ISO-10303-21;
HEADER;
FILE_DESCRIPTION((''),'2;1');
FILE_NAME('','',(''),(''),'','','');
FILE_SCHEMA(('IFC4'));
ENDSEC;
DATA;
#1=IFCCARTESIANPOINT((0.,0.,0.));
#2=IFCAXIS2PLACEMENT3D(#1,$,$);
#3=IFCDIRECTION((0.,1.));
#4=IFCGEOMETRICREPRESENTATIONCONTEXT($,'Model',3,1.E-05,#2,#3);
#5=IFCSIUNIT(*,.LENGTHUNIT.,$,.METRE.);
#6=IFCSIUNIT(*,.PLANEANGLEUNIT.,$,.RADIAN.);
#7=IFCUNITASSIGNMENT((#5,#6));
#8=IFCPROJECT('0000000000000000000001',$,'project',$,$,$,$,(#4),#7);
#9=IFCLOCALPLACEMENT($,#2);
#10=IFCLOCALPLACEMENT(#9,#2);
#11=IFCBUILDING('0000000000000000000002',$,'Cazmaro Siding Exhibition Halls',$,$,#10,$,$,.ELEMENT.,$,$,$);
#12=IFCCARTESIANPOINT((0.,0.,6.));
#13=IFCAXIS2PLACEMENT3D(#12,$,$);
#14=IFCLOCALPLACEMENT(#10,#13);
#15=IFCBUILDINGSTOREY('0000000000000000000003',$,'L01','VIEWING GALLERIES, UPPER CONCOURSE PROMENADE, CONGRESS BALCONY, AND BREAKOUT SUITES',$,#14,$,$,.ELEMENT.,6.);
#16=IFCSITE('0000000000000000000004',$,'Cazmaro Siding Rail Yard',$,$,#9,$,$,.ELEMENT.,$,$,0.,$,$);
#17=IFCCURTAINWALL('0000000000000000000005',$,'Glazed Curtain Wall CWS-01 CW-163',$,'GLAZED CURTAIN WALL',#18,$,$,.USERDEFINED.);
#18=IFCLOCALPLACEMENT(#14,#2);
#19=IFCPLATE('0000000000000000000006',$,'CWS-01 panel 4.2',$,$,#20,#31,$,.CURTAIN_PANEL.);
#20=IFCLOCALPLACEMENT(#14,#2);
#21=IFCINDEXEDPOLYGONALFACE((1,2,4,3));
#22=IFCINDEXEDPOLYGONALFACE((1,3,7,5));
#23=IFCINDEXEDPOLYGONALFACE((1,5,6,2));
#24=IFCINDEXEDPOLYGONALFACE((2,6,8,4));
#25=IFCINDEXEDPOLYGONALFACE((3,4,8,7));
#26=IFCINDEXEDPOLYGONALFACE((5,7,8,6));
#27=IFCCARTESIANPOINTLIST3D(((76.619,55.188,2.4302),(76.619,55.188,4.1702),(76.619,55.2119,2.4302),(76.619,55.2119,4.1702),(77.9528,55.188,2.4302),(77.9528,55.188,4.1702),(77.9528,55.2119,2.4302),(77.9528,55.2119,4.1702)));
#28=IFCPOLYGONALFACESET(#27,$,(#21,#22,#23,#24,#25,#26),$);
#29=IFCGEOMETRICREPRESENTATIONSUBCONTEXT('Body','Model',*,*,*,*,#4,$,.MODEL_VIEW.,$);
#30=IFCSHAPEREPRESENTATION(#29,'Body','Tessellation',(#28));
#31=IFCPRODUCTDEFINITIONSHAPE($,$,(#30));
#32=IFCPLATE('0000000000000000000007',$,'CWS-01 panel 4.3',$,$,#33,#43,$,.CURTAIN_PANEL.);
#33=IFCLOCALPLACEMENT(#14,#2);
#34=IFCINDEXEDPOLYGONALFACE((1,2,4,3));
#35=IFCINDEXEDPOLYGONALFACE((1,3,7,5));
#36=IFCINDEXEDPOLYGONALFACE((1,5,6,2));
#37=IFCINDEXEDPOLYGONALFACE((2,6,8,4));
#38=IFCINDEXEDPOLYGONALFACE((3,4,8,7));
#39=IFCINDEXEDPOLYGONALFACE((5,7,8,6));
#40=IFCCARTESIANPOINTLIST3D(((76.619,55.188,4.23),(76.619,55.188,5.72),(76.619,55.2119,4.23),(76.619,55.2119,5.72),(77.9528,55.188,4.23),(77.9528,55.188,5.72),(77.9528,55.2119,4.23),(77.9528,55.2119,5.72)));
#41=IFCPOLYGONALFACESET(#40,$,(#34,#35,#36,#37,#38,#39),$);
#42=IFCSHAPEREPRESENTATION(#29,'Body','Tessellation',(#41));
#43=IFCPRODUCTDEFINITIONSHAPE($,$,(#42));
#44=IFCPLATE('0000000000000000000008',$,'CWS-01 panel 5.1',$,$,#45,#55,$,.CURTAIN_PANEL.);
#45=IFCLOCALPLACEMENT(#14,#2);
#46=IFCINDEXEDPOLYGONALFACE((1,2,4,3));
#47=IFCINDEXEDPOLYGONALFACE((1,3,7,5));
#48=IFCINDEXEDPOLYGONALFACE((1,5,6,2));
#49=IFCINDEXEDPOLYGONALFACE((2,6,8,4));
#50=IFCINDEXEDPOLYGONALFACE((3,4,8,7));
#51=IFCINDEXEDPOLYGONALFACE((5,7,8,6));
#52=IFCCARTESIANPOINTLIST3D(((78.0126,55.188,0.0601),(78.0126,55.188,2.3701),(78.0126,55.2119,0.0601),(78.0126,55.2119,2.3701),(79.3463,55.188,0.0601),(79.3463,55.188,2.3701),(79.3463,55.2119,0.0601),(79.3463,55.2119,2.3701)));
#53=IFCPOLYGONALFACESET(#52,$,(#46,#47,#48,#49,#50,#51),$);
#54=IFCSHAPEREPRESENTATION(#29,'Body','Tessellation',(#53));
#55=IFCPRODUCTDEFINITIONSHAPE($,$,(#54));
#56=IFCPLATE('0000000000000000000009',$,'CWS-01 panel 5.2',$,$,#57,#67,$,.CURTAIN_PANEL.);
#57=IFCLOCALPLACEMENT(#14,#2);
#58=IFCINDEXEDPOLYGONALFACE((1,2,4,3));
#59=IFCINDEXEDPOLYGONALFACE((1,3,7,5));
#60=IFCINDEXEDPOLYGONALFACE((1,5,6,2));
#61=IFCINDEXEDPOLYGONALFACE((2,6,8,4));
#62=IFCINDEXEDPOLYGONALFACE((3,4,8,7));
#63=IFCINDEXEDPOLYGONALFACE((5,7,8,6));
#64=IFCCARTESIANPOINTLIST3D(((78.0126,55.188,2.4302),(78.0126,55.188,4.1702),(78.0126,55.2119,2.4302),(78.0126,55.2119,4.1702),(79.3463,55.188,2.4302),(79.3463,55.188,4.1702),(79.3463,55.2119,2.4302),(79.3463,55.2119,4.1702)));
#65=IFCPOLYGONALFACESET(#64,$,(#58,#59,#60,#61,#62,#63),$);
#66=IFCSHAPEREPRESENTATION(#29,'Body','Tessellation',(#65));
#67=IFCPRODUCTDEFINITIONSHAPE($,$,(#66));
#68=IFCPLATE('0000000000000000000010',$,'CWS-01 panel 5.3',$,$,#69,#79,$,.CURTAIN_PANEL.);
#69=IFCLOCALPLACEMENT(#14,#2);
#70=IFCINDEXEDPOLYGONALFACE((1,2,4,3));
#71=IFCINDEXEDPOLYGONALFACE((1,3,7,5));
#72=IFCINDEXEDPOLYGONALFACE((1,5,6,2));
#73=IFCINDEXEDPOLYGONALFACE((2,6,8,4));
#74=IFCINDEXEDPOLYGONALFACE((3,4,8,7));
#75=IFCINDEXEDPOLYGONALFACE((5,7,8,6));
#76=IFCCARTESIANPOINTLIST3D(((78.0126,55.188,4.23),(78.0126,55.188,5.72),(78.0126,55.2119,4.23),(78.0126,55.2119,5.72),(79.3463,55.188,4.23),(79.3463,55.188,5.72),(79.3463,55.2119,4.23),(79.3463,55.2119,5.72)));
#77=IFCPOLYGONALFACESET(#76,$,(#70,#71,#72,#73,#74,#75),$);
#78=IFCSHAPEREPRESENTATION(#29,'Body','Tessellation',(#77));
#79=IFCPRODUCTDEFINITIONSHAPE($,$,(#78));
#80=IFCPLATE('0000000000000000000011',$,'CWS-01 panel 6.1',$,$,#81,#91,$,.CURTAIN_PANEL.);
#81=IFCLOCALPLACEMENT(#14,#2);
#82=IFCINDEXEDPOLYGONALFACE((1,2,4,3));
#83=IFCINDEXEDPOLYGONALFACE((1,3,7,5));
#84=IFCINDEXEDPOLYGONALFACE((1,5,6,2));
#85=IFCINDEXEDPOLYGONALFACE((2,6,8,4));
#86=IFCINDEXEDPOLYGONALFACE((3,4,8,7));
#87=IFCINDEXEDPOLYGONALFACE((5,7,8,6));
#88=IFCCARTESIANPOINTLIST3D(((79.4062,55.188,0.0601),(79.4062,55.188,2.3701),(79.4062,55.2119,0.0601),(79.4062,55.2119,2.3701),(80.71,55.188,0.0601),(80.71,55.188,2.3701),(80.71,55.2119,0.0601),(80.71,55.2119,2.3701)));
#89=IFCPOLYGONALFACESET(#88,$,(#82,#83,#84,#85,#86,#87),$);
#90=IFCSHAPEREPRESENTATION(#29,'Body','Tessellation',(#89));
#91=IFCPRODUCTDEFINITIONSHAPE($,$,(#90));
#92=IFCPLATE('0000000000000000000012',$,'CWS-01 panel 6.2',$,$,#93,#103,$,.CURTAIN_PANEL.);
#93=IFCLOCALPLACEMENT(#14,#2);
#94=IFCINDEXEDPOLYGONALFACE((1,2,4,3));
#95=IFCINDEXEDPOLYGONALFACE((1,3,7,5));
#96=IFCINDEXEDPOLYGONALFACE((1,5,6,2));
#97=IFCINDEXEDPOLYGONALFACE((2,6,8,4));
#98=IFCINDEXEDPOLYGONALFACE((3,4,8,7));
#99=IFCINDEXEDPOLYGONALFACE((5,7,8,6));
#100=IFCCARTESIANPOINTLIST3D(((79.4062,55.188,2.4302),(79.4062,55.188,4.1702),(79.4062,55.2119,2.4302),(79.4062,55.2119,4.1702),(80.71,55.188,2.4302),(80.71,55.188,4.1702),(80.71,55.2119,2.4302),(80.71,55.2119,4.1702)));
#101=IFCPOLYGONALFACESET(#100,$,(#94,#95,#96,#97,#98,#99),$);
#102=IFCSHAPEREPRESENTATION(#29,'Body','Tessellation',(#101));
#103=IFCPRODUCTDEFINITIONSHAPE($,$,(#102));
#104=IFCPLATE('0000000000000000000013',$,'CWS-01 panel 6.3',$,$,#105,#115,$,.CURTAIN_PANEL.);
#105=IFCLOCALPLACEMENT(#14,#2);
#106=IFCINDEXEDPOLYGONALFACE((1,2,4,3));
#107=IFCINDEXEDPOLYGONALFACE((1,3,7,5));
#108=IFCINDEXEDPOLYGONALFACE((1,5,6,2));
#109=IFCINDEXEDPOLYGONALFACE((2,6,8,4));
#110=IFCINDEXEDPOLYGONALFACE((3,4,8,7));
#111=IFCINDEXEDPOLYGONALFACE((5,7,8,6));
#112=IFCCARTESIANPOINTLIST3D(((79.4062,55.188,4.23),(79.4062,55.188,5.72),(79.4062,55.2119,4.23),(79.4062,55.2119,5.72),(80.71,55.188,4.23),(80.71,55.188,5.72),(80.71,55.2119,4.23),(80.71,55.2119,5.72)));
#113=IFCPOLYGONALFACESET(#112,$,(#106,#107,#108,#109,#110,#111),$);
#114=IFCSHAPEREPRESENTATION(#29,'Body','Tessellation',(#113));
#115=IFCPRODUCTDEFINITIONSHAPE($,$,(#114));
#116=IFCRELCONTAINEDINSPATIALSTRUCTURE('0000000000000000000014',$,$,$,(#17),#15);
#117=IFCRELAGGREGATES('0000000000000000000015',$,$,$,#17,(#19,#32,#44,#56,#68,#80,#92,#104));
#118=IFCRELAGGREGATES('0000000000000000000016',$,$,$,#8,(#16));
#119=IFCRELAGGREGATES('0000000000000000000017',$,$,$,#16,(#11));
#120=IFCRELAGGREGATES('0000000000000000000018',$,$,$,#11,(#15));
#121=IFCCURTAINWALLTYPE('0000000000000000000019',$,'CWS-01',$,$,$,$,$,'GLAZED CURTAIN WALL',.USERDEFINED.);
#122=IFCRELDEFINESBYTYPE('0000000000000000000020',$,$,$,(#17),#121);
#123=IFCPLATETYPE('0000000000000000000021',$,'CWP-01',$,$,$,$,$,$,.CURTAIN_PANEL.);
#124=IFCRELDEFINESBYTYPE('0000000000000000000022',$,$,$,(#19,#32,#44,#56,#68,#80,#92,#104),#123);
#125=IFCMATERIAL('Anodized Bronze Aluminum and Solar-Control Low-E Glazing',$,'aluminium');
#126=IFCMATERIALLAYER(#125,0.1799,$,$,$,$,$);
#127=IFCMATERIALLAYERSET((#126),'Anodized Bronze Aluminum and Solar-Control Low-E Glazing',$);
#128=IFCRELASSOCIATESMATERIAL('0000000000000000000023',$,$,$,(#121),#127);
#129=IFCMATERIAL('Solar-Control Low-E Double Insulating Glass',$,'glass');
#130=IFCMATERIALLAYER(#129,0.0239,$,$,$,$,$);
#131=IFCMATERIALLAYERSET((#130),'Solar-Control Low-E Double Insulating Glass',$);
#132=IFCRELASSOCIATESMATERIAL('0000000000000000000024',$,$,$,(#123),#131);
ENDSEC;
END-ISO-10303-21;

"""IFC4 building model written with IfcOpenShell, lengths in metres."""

from ifc_helpers import new_model, si_unit, direction, frame, origin, origin_2d, place, context, subcontext, project, spatial, rectangle, extrude, material, layer, layer_set, type_object, element, aggregate, save


model = new_model("IFC4")

# Units and contexts
model_context = context("Model", 3, precision=1e-05, world=origin(), true_north=direction((0.0, 1.0)))
body_context = subcontext(model_context, "Body", "Model", "MODEL_VIEW")
ifc_project = project(units=[si_unit("LENGTHUNIT", "METRE"), si_unit("PLANEANGLEUNIT", "RADIAN")], contexts=[model_context])

# Site, building, storey
site_placement = place(None, origin())
site = spatial("IfcSite", under=ifc_project, at=site_placement, Name="Cazmaro Siding Rail Yard", CompositionType="ELEMENT", RefElevation=0.0)
building_placement = place(site_placement, origin())
building = spatial("IfcBuilding", under=site, at=building_placement, Name="Cazmaro Siding Exhibition Halls", CompositionType="ELEMENT")
storey_placement = place(building_placement, frame((0.0, 0.0, 6.0)))
storey = spatial("IfcBuildingStorey", under=building, at=storey_placement, Name="L01", Description="VIEWING GALLERIES, UPPER CONCOURSE PROMENADE, CONGRESS BALCONY, AND BREAKOUT SUITES", CompositionType="ELEMENT", Elevation=6.0)

# Curtain wall, plates
ifc_material_1 = material(Name="Anodized Bronze Aluminum and Solar-Control Low-E Glazing", Category="aluminium")
ifc_layer_1 = layer(ifc_material_1, 0.1799)
ifc_layer_set_1 = layer_set([ifc_layer_1], Name="Anodized Bronze Aluminum and Solar-Control Low-E Glazing")
curtain_wall_type = type_object("IfcCurtainWallType", Name="CWS-01", ElementType="GLAZED CURTAIN WALL", PredefinedType="USERDEFINED", material=ifc_layer_set_1)
curtain_wall_placement = place(storey_placement, origin())
curtain_wall = element("IfcCurtainWall", 1, at=curtain_wall_placement, inside=storey, type_object=curtain_wall_type, Name="Glazed Curtain Wall CWS-01 CW-163", ObjectType="GLAZED CURTAIN WALL", PredefinedType="USERDEFINED")
ifc_material_2 = material(Name="Solar-Control Low-E Double Insulating Glass", Category="glass")
ifc_layer_2 = layer(ifc_material_2, 0.0239)
ifc_layer_set_2 = layer_set([ifc_layer_2], Name="Solar-Control Low-E Double Insulating Glass")
plate_type = type_object("IfcPlateType", Name="CWP-01", PredefinedType="CURTAIN_PANEL", material=ifc_layer_set_2)
plate_1_placement = place(storey_placement, frame((77.2859, 55.2, 2.4302), z_axis=(0.0, 0.0, 1.0), x_axis=(1.0, 0.0, 0.0)))
plate_1 = element("IfcPlate", 2, at=plate_1_placement, type_object=plate_type, Name="CWS-01 panel 4.2", PredefinedType="CURTAIN_PANEL", context=body_context, shape_type="SweptSolid", body=[
    extrude(rectangle(XDim=1.3337, YDim=0.0239, at=origin_2d()), origin(), (0.0, 0.0, 1.0), 1.74),
])
plate_2_placement = place(storey_placement, frame((77.2859, 55.2, 4.23), z_axis=(0.0, 0.0, 1.0), x_axis=(1.0, 0.0, 0.0)))
plate_2 = element("IfcPlate", 3, at=plate_2_placement, type_object=plate_type, Name="CWS-01 panel 4.3", PredefinedType="CURTAIN_PANEL", context=body_context, shape_type="SweptSolid", body=[
    extrude(rectangle(XDim=1.3337, YDim=0.0239, at=origin_2d()), origin(), (0.0, 0.0, 1.0), 1.49),
])
plate_3_placement = place(storey_placement, frame((78.6794, 55.2, 0.0601), z_axis=(0.0, 0.0, 1.0), x_axis=(1.0, 0.0, 0.0)))
plate_3 = element("IfcPlate", 4, at=plate_3_placement, type_object=plate_type, Name="CWS-01 panel 5.1", PredefinedType="CURTAIN_PANEL", context=body_context, shape_type="SweptSolid", body=[
    extrude(rectangle(XDim=1.3337, YDim=0.0239, at=origin_2d()), origin(), (0.0, 0.0, 1.0), 2.3101),
])
plate_4_placement = place(storey_placement, frame((78.6794, 55.2, 2.4302), z_axis=(0.0, 0.0, 1.0), x_axis=(1.0, 0.0, 0.0)))
plate_4 = element("IfcPlate", 5, at=plate_4_placement, type_object=plate_type, Name="CWS-01 panel 5.2", PredefinedType="CURTAIN_PANEL", context=body_context, shape_type="SweptSolid", body=[
    extrude(rectangle(XDim=1.3337, YDim=0.0239, at=origin_2d()), origin(), (0.0, 0.0, 1.0), 1.74),
])
plate_5_placement = place(storey_placement, frame((78.6794, 55.2, 4.23), z_axis=(0.0, 0.0, 1.0), x_axis=(1.0, 0.0, 0.0)))
plate_5 = element("IfcPlate", 6, at=plate_5_placement, type_object=plate_type, Name="CWS-01 panel 5.3", PredefinedType="CURTAIN_PANEL", context=body_context, shape_type="SweptSolid", body=[
    extrude(rectangle(XDim=1.3337, YDim=0.0239, at=origin_2d()), origin(), (0.0, 0.0, 1.0), 1.49),
])
plate_6_placement = place(storey_placement, frame((80.0581, 55.2, 0.0601), z_axis=(0.0, 0.0, 1.0), x_axis=(1.0, 0.0, 0.0)))
plate_6 = element("IfcPlate", 7, at=plate_6_placement, type_object=plate_type, Name="CWS-01 panel 6.1", PredefinedType="CURTAIN_PANEL", context=body_context, shape_type="SweptSolid", body=[
    extrude(rectangle(XDim=1.3037, YDim=0.0239, at=origin_2d()), origin(), (0.0, 0.0, 1.0), 2.3101),
])
plate_7_placement = place(storey_placement, frame((80.0581, 55.2, 2.4302), z_axis=(0.0, 0.0, 1.0), x_axis=(1.0, 0.0, 0.0)))
plate_7 = element("IfcPlate", 8, at=plate_7_placement, type_object=plate_type, Name="CWS-01 panel 6.2", PredefinedType="CURTAIN_PANEL", context=body_context, shape_type="SweptSolid", body=[
    extrude(rectangle(XDim=1.3037, YDim=0.0239, at=origin_2d()), origin(), (0.0, 0.0, 1.0), 1.74),
])
plate_8_placement = place(storey_placement, frame((80.0581, 55.2, 4.23), z_axis=(0.0, 0.0, 1.0), x_axis=(1.0, 0.0, 0.0)))
plate_8 = element("IfcPlate", 9, at=plate_8_placement, type_object=plate_type, Name="CWS-01 panel 6.3", PredefinedType="CURTAIN_PANEL", context=body_context, shape_type="SweptSolid", body=[
    extrude(rectangle(XDim=1.3037, YDim=0.0239, at=origin_2d()), origin(), (0.0, 0.0, 1.0), 1.49),
])
aggregate(curtain_wall, [plate_1, plate_2, plate_3, plate_4, plate_5, plate_6, plate_7, plate_8])

save(model, "model.ifc")
